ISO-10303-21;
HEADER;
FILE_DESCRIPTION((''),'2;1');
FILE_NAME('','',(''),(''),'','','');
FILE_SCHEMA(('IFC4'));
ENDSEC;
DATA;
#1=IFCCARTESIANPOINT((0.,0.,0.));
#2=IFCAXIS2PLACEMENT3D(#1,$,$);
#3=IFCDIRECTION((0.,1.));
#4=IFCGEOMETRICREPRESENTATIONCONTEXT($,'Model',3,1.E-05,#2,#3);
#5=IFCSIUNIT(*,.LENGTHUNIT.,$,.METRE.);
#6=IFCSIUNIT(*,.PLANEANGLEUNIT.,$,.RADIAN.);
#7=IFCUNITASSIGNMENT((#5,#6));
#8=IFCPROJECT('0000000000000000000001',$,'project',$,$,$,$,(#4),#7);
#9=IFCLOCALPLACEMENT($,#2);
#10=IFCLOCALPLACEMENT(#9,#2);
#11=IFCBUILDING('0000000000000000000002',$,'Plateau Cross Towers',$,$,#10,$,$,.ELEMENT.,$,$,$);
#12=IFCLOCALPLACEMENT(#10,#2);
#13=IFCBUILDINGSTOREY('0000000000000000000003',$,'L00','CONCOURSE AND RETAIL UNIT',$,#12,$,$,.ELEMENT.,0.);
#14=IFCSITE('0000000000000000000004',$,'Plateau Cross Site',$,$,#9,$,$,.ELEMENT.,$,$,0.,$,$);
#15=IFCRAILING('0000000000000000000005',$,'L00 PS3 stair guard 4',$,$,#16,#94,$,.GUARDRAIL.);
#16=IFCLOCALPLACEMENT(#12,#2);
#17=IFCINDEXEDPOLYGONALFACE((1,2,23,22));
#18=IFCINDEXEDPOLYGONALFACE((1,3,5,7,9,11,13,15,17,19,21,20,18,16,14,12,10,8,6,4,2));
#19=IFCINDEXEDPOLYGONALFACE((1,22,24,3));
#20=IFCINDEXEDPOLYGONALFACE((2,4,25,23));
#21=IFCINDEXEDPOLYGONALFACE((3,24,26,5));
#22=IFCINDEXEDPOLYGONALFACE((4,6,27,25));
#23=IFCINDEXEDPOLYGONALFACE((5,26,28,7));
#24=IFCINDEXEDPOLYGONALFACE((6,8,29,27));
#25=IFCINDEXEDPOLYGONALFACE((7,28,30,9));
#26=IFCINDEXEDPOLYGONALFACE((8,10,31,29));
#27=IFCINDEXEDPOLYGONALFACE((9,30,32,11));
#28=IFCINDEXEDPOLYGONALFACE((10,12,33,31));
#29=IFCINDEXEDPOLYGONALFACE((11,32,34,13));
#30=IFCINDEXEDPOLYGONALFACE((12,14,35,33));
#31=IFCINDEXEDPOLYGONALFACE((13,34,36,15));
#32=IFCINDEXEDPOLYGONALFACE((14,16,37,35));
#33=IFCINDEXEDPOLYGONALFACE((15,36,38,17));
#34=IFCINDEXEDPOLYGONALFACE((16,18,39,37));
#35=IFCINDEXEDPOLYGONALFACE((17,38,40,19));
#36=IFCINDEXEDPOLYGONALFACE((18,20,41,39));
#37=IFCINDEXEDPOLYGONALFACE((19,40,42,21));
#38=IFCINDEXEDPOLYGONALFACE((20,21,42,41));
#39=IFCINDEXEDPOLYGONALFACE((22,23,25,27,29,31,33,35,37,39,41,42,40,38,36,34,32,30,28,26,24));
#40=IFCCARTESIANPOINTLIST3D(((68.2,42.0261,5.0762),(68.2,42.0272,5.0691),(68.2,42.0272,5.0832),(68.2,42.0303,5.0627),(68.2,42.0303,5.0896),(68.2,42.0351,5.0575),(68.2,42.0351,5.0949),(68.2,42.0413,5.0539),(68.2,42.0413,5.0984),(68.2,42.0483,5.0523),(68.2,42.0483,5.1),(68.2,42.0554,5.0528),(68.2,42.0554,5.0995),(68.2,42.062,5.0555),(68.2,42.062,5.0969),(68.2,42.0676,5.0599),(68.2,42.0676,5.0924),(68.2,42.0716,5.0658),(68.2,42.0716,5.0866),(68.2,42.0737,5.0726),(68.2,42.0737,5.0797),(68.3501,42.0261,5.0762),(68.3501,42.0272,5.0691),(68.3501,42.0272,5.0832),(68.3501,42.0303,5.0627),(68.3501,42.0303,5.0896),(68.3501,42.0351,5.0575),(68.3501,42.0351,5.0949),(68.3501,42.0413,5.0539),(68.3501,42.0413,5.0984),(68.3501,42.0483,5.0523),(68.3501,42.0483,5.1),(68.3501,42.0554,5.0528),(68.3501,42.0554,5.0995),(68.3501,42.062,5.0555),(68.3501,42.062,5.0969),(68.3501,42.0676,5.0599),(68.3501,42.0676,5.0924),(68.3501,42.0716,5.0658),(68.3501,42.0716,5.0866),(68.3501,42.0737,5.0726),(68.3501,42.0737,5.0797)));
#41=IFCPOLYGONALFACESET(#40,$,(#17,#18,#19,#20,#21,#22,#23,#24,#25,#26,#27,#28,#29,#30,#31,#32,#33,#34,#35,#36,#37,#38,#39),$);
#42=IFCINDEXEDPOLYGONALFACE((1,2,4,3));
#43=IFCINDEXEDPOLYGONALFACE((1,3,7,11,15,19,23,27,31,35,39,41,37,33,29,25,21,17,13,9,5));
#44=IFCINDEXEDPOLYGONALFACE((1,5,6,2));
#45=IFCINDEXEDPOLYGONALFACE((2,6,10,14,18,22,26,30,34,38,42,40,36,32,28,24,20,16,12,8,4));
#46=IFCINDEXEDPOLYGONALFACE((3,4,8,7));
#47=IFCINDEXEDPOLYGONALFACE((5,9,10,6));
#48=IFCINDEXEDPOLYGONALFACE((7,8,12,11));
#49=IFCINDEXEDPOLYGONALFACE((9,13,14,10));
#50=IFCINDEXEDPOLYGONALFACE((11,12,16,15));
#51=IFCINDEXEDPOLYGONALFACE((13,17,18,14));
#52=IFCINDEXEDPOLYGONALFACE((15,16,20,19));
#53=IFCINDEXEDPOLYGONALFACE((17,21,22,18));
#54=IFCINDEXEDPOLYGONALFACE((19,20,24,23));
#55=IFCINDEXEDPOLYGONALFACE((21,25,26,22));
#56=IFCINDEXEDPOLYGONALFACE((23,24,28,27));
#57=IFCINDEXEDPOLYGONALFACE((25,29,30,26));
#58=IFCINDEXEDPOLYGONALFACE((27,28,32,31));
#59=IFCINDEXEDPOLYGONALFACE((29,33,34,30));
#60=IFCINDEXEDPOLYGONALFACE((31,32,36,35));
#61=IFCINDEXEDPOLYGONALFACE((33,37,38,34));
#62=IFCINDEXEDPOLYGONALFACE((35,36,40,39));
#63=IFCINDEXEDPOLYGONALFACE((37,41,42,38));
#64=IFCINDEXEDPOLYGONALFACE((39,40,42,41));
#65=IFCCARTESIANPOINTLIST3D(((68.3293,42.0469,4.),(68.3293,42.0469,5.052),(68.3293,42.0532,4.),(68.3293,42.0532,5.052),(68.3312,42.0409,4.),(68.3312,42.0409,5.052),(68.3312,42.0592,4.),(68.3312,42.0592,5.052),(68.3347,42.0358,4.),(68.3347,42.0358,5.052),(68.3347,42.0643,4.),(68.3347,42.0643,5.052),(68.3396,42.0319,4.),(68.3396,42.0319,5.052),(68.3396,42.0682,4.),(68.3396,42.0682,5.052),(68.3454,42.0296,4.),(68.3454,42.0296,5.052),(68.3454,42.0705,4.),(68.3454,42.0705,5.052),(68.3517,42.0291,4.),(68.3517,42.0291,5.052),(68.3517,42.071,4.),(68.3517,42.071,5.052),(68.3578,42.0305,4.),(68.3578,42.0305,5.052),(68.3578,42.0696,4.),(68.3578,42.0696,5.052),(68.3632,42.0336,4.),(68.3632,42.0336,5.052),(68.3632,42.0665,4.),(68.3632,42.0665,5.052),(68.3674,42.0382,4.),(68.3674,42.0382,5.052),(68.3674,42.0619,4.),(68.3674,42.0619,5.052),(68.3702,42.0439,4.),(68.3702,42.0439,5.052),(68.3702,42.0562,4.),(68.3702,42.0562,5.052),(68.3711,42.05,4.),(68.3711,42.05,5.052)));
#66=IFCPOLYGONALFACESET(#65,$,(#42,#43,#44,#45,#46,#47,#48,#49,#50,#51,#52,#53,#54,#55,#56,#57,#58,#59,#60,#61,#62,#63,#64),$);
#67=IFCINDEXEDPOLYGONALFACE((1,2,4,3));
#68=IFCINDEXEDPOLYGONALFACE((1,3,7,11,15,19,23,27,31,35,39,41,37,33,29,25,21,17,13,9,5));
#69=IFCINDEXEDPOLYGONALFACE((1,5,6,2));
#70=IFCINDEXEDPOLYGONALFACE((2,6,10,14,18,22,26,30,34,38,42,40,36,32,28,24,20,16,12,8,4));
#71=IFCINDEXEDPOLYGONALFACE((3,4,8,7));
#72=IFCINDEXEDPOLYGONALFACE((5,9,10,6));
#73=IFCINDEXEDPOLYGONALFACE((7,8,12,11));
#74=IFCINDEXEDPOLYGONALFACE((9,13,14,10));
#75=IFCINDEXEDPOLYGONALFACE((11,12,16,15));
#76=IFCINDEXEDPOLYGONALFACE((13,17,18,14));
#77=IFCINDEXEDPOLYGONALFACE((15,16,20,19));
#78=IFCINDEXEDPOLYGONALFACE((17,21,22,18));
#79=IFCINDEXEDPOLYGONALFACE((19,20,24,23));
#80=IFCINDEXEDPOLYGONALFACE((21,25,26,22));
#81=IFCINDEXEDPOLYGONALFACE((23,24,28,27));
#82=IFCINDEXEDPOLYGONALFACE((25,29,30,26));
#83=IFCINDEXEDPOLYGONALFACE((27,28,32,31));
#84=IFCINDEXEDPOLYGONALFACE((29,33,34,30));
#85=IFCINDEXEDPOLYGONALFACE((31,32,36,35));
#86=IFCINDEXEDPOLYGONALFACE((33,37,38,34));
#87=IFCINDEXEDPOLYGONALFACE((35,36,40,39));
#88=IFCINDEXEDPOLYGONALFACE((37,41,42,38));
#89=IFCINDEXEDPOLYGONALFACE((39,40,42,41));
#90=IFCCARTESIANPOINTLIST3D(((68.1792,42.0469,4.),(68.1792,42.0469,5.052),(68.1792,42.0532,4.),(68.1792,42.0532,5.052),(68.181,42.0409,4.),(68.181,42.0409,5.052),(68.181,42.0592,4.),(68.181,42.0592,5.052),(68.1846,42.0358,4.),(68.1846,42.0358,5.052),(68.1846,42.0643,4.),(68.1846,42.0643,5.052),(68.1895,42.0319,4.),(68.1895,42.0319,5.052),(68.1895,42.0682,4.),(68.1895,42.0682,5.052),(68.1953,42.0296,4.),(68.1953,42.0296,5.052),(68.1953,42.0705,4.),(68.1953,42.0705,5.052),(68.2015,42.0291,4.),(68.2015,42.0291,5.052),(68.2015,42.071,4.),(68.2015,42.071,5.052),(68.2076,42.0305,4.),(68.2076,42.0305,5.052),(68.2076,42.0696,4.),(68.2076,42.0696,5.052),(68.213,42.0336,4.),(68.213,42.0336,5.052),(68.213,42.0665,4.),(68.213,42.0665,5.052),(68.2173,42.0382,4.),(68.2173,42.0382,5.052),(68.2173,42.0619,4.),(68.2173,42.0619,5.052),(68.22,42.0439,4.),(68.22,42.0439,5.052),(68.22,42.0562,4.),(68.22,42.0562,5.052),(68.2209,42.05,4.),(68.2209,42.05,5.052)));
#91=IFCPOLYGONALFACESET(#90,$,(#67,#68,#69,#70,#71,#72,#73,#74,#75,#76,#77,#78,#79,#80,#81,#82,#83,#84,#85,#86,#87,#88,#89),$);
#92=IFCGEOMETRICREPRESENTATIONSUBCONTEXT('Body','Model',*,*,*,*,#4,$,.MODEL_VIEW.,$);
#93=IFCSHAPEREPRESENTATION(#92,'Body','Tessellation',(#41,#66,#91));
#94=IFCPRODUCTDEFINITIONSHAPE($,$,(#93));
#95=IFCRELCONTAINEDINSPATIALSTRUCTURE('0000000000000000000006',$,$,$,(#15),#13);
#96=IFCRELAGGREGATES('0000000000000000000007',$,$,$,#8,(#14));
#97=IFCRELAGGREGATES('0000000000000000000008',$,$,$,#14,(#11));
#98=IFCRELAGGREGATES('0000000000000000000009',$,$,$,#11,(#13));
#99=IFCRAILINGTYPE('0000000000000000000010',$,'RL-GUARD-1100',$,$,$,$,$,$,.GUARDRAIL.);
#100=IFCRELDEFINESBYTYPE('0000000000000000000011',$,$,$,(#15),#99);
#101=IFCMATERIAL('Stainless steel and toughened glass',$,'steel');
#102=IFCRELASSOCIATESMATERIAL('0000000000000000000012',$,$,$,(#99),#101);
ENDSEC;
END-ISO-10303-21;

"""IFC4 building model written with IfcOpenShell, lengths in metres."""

from ifc_helpers import new_model, si_unit, direction, frame, origin, origin_2d, place, context, subcontext, project, spatial, circle, extrude, material, type_object, element, save


model = new_model("IFC4")

# Units and contexts
model_context = context("Model", 3, precision=1e-05, world=origin(), true_north=direction((0.0, 1.0)))
body_context = subcontext(model_context, "Body", "Model", "MODEL_VIEW")
ifc_project = project(units=[si_unit("LENGTHUNIT", "METRE"), si_unit("PLANEANGLEUNIT", "RADIAN")], contexts=[model_context])

# Site, building, storey
site_placement = place(None, origin())
site = spatial("IfcSite", under=ifc_project, at=site_placement, Name="Plateau Cross Site", CompositionType="ELEMENT", RefElevation=0.0)
building_placement = place(site_placement, origin())
building = spatial("IfcBuilding", under=site, at=building_placement, Name="Plateau Cross Towers", CompositionType="ELEMENT")
storey_placement = place(building_placement, origin())
storey = spatial("IfcBuildingStorey", under=building, at=storey_placement, Name="L00", Description="CONCOURSE AND RETAIL UNIT", CompositionType="ELEMENT", Elevation=0.0)

# Railing
ifc_material_1 = material(Name="Stainless steel and toughened glass", Category="steel")
railing_type_1 = type_object("IfcRailingType", Name="RL-GUARD-1100", PredefinedType="GUARDRAIL", material=ifc_material_1)
railing_1_placement = place(storey_placement, frame((68.3501, 42.05, 4.0)))
element("IfcRailing", 1, at=railing_1_placement, inside=storey, type_object=railing_type_1, Name="L00 PS3 stair guard 4", PredefinedType="GUARDRAIL", context=body_context, shape_type="SweptSolid", body=[
    extrude(circle(Radius=0.0239, at=origin_2d()), frame((0.0, 0.0, 1.0762), z_axis=(-1.0, 0.0, 0.0), x_axis=(0.0, -1.0, 0.0)), (0.0, 0.0, 1.0), 0.1501),
    extrude(circle(Radius=0.021, at=origin_2d()), origin(), (0.0, 0.0, 1.0), 1.052),
    extrude(circle(Radius=0.021, at=origin_2d()), frame((-0.1501, 0.0, 0.0)), (0.0, 0.0, 1.0), 1.052),
])

save(model, "model.ifc")
